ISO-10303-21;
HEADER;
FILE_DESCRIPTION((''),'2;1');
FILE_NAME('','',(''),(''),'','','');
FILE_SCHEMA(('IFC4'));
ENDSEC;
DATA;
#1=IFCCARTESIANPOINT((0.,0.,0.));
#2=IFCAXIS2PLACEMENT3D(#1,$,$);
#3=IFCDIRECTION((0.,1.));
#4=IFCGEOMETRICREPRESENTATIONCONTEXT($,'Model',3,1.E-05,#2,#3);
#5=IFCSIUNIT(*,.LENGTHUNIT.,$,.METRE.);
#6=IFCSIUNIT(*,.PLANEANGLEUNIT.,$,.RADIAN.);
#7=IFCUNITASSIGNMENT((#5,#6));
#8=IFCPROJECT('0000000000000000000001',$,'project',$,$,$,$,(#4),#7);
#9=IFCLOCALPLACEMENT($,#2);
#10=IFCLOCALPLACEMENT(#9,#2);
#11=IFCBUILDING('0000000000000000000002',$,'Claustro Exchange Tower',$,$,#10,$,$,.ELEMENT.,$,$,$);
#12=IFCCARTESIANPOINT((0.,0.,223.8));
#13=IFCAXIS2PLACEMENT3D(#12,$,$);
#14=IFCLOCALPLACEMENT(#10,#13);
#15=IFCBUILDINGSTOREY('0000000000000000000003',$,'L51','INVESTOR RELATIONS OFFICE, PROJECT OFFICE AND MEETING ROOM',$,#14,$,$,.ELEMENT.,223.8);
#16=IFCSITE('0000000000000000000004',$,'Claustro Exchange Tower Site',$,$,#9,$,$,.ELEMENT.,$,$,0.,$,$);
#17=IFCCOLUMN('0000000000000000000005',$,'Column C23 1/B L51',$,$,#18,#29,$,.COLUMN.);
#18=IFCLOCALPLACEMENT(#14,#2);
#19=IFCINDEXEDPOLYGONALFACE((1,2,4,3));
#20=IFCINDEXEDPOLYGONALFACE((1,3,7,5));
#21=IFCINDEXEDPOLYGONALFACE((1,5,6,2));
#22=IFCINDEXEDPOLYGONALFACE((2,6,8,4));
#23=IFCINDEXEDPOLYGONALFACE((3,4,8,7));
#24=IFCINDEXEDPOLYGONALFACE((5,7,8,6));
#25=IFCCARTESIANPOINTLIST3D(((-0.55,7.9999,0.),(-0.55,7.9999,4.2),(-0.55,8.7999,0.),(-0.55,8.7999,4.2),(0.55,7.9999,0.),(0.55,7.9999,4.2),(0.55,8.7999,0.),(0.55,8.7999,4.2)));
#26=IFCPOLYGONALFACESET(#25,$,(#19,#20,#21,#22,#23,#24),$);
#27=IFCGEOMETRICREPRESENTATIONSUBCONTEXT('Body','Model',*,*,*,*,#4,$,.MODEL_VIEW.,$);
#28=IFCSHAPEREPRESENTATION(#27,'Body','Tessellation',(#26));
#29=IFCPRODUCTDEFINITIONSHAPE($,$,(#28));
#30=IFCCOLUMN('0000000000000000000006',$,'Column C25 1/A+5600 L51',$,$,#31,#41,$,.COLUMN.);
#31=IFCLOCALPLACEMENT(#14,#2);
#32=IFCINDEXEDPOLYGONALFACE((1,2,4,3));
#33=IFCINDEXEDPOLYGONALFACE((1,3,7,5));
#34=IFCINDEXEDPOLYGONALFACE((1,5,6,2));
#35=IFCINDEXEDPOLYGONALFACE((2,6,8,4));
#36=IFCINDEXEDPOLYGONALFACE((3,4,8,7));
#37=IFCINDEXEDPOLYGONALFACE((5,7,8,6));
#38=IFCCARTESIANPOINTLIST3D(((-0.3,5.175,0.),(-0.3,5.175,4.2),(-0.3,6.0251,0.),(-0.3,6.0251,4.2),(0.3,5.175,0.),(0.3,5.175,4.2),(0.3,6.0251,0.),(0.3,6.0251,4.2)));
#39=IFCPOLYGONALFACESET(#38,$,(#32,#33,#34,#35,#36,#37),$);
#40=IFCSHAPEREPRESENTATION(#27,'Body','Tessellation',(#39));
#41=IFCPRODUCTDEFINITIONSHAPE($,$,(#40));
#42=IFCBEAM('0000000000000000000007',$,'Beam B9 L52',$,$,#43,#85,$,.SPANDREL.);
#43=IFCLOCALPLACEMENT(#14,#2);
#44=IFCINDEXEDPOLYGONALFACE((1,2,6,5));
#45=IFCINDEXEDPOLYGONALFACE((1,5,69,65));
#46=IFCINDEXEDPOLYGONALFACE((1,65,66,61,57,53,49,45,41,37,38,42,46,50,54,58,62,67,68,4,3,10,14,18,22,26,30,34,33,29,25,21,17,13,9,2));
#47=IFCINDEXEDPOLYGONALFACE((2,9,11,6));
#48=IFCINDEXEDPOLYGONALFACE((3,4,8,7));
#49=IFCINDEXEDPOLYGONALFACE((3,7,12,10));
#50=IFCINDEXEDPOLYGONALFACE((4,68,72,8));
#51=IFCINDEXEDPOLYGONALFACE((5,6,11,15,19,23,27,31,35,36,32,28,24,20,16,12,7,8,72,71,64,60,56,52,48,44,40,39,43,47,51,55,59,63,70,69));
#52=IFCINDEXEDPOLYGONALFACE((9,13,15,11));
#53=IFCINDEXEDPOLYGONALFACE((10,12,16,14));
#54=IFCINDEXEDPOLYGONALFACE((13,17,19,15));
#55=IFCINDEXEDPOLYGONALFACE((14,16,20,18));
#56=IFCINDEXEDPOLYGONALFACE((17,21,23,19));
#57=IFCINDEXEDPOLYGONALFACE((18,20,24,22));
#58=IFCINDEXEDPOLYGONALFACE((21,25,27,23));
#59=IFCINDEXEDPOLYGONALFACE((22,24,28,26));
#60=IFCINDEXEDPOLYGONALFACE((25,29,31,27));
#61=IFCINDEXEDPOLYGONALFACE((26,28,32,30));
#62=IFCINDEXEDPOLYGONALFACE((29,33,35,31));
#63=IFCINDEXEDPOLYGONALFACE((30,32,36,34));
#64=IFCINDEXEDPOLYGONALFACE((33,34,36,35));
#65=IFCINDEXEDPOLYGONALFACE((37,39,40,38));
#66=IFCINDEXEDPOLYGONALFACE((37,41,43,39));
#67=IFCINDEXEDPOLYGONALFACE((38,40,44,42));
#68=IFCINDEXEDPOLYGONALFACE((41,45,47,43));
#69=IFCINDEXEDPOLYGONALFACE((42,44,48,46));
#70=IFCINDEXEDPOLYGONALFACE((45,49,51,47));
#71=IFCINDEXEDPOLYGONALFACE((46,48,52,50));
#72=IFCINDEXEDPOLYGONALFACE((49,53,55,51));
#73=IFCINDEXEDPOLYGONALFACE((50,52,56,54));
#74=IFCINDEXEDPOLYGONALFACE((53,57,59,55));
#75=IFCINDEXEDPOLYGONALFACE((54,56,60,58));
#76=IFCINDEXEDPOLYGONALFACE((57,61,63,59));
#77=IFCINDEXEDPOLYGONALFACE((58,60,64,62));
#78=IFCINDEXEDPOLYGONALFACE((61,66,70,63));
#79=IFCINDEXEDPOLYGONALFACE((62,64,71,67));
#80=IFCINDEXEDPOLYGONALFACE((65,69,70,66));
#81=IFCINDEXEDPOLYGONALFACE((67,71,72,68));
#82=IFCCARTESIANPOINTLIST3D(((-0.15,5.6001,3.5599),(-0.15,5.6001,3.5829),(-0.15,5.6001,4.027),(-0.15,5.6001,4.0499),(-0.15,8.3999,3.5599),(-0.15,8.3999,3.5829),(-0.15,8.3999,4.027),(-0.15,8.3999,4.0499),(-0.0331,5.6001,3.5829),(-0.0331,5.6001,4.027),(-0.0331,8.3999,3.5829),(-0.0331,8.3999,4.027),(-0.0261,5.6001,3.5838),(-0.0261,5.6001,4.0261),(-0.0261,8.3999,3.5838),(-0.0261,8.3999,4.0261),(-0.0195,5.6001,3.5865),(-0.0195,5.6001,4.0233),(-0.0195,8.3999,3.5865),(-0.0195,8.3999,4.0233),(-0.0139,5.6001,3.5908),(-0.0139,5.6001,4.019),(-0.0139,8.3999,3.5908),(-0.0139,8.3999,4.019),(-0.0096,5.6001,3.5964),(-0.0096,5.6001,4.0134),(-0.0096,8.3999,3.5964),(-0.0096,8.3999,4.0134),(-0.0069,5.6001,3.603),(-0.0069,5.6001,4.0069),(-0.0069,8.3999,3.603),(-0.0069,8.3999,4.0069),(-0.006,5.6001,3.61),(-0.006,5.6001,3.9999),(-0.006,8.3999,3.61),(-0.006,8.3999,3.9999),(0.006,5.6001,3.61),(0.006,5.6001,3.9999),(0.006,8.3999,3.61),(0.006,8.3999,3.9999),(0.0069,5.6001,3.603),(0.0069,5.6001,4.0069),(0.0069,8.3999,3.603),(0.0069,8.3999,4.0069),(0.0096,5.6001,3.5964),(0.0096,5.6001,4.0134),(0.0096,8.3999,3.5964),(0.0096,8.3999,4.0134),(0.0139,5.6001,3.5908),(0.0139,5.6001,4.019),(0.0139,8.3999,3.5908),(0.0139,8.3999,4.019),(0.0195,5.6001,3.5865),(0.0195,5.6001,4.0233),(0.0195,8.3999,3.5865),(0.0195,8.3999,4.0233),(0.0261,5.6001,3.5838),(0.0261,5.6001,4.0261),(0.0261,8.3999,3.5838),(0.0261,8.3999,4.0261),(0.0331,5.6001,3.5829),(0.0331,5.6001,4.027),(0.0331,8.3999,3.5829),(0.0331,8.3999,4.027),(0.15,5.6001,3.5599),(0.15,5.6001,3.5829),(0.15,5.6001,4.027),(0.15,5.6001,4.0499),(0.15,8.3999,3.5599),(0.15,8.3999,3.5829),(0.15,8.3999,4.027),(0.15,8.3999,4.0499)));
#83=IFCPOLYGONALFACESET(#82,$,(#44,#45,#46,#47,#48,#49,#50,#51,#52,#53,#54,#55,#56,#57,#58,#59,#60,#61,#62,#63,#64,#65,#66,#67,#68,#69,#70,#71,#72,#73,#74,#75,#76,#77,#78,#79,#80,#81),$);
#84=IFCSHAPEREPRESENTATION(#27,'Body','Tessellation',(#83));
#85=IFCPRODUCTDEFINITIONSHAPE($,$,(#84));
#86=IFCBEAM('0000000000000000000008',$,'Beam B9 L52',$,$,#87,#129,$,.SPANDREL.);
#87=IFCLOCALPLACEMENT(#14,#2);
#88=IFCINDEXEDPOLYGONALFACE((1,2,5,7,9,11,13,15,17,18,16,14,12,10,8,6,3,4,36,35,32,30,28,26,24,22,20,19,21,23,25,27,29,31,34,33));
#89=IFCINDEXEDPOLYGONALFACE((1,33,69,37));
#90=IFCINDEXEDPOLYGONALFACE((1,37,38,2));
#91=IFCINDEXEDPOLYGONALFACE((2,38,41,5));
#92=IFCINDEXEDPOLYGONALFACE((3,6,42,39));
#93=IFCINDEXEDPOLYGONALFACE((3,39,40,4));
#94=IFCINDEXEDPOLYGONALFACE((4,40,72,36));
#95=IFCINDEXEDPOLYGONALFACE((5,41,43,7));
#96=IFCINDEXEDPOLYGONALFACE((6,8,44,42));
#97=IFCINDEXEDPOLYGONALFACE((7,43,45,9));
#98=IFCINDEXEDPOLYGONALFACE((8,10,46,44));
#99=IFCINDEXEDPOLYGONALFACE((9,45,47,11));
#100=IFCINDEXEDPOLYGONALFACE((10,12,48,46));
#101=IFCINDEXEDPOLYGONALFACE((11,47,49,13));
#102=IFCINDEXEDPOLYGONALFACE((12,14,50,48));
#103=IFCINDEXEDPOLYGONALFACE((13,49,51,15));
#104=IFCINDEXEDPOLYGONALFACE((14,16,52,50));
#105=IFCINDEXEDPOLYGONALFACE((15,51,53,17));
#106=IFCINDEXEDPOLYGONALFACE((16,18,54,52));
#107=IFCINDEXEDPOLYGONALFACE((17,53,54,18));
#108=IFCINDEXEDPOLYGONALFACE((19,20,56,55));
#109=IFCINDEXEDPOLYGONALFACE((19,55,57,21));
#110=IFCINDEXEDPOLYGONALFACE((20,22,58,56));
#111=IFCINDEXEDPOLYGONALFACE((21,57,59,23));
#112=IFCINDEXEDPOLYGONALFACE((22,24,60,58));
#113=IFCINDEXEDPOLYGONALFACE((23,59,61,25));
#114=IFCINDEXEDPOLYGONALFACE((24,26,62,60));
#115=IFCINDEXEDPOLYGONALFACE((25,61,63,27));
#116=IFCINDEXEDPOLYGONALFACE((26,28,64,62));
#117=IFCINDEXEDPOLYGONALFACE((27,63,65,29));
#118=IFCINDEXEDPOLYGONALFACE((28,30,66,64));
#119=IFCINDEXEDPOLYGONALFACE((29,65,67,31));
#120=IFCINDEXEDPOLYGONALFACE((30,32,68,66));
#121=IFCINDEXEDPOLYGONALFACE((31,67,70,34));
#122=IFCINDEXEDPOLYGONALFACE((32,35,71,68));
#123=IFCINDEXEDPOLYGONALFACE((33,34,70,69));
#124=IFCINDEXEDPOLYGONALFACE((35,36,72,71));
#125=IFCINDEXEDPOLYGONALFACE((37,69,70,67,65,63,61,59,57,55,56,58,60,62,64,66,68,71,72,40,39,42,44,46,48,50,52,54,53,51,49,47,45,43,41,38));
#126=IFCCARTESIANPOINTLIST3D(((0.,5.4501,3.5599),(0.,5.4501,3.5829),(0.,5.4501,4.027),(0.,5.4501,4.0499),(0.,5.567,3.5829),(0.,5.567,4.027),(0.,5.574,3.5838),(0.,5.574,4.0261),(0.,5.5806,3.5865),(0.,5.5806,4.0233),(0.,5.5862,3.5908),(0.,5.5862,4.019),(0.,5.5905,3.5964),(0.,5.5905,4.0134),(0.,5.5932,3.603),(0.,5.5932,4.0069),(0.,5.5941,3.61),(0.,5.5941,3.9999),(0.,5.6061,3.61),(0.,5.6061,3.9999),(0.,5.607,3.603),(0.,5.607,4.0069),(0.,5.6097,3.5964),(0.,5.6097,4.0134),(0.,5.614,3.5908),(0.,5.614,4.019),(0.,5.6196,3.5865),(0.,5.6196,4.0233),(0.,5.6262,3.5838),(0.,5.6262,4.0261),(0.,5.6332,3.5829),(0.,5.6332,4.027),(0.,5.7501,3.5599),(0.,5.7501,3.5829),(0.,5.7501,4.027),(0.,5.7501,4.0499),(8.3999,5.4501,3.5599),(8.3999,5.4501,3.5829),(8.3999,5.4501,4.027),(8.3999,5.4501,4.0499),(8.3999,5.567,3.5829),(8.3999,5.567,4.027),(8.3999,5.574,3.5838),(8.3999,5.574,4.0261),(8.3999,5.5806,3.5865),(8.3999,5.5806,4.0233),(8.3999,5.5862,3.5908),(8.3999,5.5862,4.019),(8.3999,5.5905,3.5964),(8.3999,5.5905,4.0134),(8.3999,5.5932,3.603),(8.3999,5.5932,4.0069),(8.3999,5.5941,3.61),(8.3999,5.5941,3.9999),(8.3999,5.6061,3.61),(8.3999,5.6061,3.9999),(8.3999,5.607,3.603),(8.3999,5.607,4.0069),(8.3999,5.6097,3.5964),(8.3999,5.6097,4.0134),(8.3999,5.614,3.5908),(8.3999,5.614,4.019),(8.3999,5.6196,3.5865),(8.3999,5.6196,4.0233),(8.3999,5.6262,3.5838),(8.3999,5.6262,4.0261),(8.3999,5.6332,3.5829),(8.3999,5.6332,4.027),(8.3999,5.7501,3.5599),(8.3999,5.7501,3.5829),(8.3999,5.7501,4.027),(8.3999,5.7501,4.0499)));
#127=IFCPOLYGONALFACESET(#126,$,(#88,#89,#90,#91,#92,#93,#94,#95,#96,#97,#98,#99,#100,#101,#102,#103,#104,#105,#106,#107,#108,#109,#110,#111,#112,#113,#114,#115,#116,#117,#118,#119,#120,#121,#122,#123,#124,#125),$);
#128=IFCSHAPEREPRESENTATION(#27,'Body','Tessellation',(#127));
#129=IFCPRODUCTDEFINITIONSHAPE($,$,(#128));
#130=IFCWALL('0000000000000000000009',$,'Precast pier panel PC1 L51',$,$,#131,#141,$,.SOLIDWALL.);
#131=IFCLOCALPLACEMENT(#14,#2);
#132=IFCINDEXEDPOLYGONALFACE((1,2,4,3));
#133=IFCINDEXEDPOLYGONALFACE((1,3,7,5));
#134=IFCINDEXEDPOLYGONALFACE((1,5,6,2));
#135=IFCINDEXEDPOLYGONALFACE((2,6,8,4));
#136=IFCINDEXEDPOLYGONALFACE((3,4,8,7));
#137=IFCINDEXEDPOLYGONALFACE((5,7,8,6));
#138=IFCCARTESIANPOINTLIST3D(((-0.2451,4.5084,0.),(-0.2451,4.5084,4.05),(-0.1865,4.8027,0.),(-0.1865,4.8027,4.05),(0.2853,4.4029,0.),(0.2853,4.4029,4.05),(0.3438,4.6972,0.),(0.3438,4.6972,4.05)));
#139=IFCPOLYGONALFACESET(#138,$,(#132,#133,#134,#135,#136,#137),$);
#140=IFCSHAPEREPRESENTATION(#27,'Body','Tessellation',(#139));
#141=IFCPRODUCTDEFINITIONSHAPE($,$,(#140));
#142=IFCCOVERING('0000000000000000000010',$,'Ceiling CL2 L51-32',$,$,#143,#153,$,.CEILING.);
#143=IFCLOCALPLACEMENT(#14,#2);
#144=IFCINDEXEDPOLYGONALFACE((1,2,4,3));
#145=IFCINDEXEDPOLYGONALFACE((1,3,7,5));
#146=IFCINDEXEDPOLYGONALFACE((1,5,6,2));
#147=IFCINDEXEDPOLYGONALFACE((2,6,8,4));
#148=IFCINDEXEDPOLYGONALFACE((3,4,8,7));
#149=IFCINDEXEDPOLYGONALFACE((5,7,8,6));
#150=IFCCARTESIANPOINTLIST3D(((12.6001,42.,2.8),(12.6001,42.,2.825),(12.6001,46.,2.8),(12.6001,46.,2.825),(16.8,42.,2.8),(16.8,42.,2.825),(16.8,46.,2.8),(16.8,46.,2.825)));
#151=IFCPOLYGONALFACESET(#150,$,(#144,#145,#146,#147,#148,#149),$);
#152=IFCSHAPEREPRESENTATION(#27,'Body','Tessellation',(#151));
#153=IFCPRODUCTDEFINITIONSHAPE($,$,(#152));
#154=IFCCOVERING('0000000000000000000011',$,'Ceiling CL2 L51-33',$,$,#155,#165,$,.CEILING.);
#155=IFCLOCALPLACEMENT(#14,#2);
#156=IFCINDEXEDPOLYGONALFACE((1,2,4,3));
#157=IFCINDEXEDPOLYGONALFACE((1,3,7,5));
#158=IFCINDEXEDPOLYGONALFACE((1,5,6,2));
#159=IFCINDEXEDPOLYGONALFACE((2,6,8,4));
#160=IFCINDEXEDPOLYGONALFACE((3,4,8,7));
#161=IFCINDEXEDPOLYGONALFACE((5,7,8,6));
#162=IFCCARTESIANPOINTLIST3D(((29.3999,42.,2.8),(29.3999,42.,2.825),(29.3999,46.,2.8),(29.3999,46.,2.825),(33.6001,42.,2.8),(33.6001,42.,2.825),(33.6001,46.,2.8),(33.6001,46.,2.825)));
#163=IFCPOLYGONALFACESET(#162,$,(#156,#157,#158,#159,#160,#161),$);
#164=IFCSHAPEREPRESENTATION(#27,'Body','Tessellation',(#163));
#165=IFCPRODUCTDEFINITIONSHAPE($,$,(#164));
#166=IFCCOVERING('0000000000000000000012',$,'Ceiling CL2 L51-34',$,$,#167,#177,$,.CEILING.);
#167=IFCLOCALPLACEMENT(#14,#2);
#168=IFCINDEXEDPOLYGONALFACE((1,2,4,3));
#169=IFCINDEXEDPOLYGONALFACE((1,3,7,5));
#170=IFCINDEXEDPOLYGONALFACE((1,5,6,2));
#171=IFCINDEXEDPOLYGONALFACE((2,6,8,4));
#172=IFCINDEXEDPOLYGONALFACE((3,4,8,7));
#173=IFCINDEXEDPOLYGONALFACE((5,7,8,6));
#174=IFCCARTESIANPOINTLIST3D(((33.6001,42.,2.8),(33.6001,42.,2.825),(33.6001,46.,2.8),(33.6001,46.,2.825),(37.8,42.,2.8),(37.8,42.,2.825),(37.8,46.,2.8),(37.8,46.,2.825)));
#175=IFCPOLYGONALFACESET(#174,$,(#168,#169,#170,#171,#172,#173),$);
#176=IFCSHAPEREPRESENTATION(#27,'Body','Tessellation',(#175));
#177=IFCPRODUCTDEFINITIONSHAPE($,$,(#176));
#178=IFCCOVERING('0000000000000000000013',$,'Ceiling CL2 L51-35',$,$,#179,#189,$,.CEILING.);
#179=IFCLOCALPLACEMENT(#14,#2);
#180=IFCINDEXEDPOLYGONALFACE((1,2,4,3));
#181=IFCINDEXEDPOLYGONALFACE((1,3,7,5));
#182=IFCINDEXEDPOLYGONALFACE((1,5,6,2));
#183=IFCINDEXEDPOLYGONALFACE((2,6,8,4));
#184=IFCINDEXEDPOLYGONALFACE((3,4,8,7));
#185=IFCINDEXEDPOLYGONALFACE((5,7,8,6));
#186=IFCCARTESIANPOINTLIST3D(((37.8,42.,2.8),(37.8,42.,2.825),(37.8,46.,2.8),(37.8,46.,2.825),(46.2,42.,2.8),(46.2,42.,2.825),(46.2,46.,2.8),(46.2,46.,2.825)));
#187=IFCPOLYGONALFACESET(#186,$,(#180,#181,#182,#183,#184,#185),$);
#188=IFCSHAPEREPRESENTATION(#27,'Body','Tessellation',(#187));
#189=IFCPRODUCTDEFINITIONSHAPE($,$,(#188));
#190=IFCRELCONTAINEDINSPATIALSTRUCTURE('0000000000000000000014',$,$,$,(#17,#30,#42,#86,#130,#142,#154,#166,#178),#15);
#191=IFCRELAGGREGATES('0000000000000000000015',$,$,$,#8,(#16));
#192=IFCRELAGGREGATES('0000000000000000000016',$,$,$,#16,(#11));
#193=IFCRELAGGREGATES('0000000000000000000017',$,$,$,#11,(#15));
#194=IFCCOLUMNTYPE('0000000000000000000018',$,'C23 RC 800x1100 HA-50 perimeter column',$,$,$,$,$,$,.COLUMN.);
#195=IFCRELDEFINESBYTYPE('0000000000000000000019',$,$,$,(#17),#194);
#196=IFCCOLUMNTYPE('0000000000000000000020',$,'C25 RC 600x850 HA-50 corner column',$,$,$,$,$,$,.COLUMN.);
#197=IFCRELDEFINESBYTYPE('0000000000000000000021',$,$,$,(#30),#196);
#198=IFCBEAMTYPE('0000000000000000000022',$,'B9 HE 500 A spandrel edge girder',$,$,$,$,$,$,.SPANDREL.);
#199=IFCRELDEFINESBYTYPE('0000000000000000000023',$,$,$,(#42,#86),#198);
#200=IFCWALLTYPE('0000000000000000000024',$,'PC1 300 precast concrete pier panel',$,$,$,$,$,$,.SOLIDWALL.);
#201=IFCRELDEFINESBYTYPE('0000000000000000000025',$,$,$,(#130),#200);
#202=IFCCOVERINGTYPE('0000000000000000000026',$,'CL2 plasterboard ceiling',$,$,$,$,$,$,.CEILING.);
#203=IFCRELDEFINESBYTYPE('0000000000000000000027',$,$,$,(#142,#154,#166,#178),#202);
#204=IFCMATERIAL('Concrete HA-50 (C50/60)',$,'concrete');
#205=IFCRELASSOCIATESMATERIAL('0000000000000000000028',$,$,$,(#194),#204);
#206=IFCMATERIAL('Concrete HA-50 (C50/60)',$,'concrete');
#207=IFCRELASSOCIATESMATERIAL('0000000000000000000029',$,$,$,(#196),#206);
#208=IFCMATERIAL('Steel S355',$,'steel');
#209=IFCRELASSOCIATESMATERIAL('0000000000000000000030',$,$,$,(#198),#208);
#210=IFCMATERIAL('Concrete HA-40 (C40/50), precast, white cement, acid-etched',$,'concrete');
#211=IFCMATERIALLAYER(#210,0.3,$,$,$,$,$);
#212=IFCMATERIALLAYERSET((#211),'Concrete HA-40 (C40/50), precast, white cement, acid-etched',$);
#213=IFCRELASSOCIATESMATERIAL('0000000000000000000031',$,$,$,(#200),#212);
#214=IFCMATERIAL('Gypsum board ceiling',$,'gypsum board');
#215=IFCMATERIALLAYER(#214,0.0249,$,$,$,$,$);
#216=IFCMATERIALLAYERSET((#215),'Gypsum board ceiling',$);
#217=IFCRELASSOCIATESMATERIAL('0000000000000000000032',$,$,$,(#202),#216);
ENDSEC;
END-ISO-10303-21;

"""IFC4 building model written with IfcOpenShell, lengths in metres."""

from ifc_helpers import new_model, si_unit, direction, frame, frame_2d, origin, origin_2d, place, context, subcontext, project, spatial, polyline, rectangle, i_section, outline, extrude, material, layer, layer_set, material_profile, profile_set, type_object, element, save


model = new_model("IFC4")

# Units and contexts
model_context = context("Model", 3, precision=1e-05, world=origin(), true_north=direction((0.0, 1.0)))
body_context = subcontext(model_context, "Body", "Model", "MODEL_VIEW")
ifc_project = project(units=[si_unit("LENGTHUNIT", "METRE"), si_unit("PLANEANGLEUNIT", "RADIAN")], contexts=[model_context])

# Site, building, storey
site_placement = place(None, origin())
site = spatial("IfcSite", under=ifc_project, at=site_placement, Name="Claustro Exchange Tower Site", CompositionType="ELEMENT", RefElevation=0.0)
building_placement = place(site_placement, origin())
building = spatial("IfcBuilding", under=site, at=building_placement, Name="Claustro Exchange Tower", CompositionType="ELEMENT")
storey_placement = place(building_placement, frame((0.0, 0.0, 223.8)))
storey = spatial("IfcBuildingStorey", under=building, at=storey_placement, Name="L51", Description="INVESTOR RELATIONS OFFICE, PROJECT OFFICE AND MEETING ROOM", CompositionType="ELEMENT", Elevation=223.8)

# Columns
ifc_material_1 = material(Name="Concrete HA-50 (C50/60)", Category="concrete")
ifc_material_profile_1 = material_profile(ifc_material_1, rectangle(XDim=0.8, YDim=1.1001, at=origin_2d()), Name="RC 800x1100")
ifc_profile_set_1 = profile_set([ifc_material_profile_1], Name="Concrete HA-50 (C50/60)")
column_type_1 = type_object("IfcColumnType", Name="C23 RC 800x1100 HA-50 perimeter column", PredefinedType="COLUMN", material=ifc_profile_set_1)
column_1_placement = place(storey_placement, frame((0.0, 8.3999, 0.0), z_axis=(0.0, 0.0, 1.0), x_axis=(0.0, 1.0, 0.0)))
element("IfcColumn", 1, at=column_1_placement, inside=storey, type_object=column_type_1, Name="Column C23 1/B L51", PredefinedType="COLUMN", context=body_context, shape_type="SweptSolid", body=[
    extrude(rectangle(XDim=0.8, YDim=1.1001, at=origin_2d()), origin(), (0.0, 0.0, 1.0), 4.2),
])
ifc_material_2 = material(Name="Concrete HA-50 (C50/60)", Category="concrete")
ifc_material_profile_2 = material_profile(ifc_material_2, rectangle(XDim=0.6001, YDim=0.8501, at=origin_2d()), Name="RC 600x850")
ifc_profile_set_2 = profile_set([ifc_material_profile_2], Name="Concrete HA-50 (C50/60)")
column_type_2 = type_object("IfcColumnType", Name="C25 RC 600x850 HA-50 corner column", PredefinedType="COLUMN", material=ifc_profile_set_2)
column_2_placement = place(storey_placement, frame((0.0, 5.6001, 0.0), z_axis=(0.0, 0.0, 1.0), x_axis=(1.0, 0.0, 0.0)))
element("IfcColumn", 2, at=column_2_placement, inside=storey, type_object=column_type_2, Name="Column C25 1/A+5600 L51", PredefinedType="COLUMN", context=body_context, shape_type="SweptSolid", body=[
    extrude(rectangle(XDim=0.6001, YDim=0.8501, at=origin_2d()), origin(), (0.0, 0.0, 1.0), 4.2),
])

# Beams
ifc_material_3 = material(Name="Steel S355", Category="steel")
ifc_material_profile_3 = material_profile(ifc_material_3, i_section(OverallWidth=0.3, OverallDepth=0.49, WebThickness=0.012, FlangeThickness=0.0229, FilletRadius=0.0271, at=origin_2d()), Name="HE 500 A")
ifc_profile_set_3 = profile_set([ifc_material_profile_3], Name="Steel S355")
beam_type = type_object("IfcBeamType", Name="B9 HE 500 A spandrel edge girder", PredefinedType="SPANDREL", material=ifc_profile_set_3)
beam_1_placement = place(storey_placement, frame((0.0, 5.6001, 3.8049), z_axis=(0.0, 1.0, 0.0), x_axis=(-1.0, 0.0, 0.0)))
element("IfcBeam", 3, at=beam_1_placement, inside=storey, type_object=beam_type, Name="Beam B9 L52", PredefinedType="SPANDREL", context=body_context, shape_type="SweptSolid", body=[
    extrude(i_section(OverallWidth=0.3, OverallDepth=0.49, WebThickness=0.012, FlangeThickness=0.0229, FilletRadius=0.0271, at=origin_2d()), origin(), (0.0, 0.0, 1.0), 2.7998),
])
beam_2_placement = place(storey_placement, frame((0.0, 5.6001, 3.8049), z_axis=(1.0, 0.0, 0.0), x_axis=(0.0, 1.0, 0.0)))
element("IfcBeam", 4, at=beam_2_placement, inside=storey, type_object=beam_type, Name="Beam B9 L52", PredefinedType="SPANDREL", context=body_context, shape_type="SweptSolid", body=[
    extrude(i_section(OverallWidth=0.3, OverallDepth=0.49, WebThickness=0.012, FlangeThickness=0.0229, FilletRadius=0.0271, at=origin_2d()), origin(), (0.0, 0.0, 1.0), 8.3999),
])

# Wall
ifc_material_4 = material(Name="Concrete HA-40 (C40/50), precast, white cement, acid-etched", Category="concrete")
ifc_layer_1 = layer(ifc_material_4, 0.3)
ifc_layer_set_1 = layer_set([ifc_layer_1], Name="Concrete HA-40 (C40/50), precast, white cement, acid-etched")
wall_type = type_object("IfcWallType", Name="PC1 300 precast concrete pier panel", PredefinedType="SOLIDWALL", material=ifc_layer_set_1)
wall_placement = place(storey_placement, frame((0.3147, 4.55, 0.0), z_axis=(0.0, 0.0, 1.0), x_axis=(-0.980789, 0.195074, 0.0)))
element("IfcWall", 5, at=wall_placement, inside=storey, type_object=wall_type, Name="Precast pier panel PC1 L51", PredefinedType="SOLIDWALL", context=body_context, shape_type="SweptSolid", body=[
    extrude(rectangle(XDim=0.5408, YDim=0.3, at=frame_2d((0.2705, 0.0))), origin(), (0.0, 0.0, 1.0), 4.05),
])

# Coverings
ifc_material_5 = material(Name="Gypsum board ceiling", Category="gypsum board")
ifc_layer_2 = layer(ifc_material_5, 0.0249)
ifc_layer_set_2 = layer_set([ifc_layer_2], Name="Gypsum board ceiling")
covering_type = type_object("IfcCoveringType", Name="CL2 plasterboard ceiling", PredefinedType="CEILING", material=ifc_layer_set_2)
covering_1_placement = place(storey_placement, frame((0.0, 0.0, 2.8)))
element("IfcCovering", 6, at=covering_1_placement, inside=storey, type_object=covering_type, Name="Ceiling CL2 L51-32", PredefinedType="CEILING", context=body_context, shape_type="SweptSolid", body=[
    extrude(outline(polyline([(16.8, 46.0), (12.6001, 46.0), (12.6001, 42.0), (16.8, 42.0), (16.8, 46.0)])), origin(), (0.0, 0.0, 1.0), 0.0249),
])
covering_2_placement = place(storey_placement, frame((0.0, 0.0, 2.8)))
element("IfcCovering", 7, at=covering_2_placement, inside=storey, type_object=covering_type, Name="Ceiling CL2 L51-33", PredefinedType="CEILING", context=body_context, shape_type="SweptSolid", body=[
    extrude(outline(polyline([(33.6001, 46.0), (29.3999, 46.0), (29.3999, 42.0), (33.6001, 42.0), (33.6001, 46.0)])), origin(), (0.0, 0.0, 1.0), 0.0249),
])
covering_3_placement = place(storey_placement, frame((0.0, 0.0, 2.8)))
element("IfcCovering", 8, at=covering_3_placement, inside=storey, type_object=covering_type, Name="Ceiling CL2 L51-34", PredefinedType="CEILING", context=body_context, shape_type="SweptSolid", body=[
    extrude(outline(polyline([(37.8, 46.0), (33.6001, 46.0), (33.6001, 42.0), (37.8, 42.0), (37.8, 46.0)])), origin(), (0.0, 0.0, 1.0), 0.0249),
])
covering_4_placement = place(storey_placement, frame((0.0, 0.0, 2.8)))
element("IfcCovering", 9, at=covering_4_placement, inside=storey, type_object=covering_type, Name="Ceiling CL2 L51-35", PredefinedType="CEILING", context=body_context, shape_type="SweptSolid", body=[
    extrude(outline(polyline([(46.2, 46.0), (37.8, 46.0), (37.8, 42.0), (46.2, 42.0), (46.2, 46.0)])), origin(), (0.0, 0.0, 1.0), 0.0249),
])

save(model, "model.ifc")
